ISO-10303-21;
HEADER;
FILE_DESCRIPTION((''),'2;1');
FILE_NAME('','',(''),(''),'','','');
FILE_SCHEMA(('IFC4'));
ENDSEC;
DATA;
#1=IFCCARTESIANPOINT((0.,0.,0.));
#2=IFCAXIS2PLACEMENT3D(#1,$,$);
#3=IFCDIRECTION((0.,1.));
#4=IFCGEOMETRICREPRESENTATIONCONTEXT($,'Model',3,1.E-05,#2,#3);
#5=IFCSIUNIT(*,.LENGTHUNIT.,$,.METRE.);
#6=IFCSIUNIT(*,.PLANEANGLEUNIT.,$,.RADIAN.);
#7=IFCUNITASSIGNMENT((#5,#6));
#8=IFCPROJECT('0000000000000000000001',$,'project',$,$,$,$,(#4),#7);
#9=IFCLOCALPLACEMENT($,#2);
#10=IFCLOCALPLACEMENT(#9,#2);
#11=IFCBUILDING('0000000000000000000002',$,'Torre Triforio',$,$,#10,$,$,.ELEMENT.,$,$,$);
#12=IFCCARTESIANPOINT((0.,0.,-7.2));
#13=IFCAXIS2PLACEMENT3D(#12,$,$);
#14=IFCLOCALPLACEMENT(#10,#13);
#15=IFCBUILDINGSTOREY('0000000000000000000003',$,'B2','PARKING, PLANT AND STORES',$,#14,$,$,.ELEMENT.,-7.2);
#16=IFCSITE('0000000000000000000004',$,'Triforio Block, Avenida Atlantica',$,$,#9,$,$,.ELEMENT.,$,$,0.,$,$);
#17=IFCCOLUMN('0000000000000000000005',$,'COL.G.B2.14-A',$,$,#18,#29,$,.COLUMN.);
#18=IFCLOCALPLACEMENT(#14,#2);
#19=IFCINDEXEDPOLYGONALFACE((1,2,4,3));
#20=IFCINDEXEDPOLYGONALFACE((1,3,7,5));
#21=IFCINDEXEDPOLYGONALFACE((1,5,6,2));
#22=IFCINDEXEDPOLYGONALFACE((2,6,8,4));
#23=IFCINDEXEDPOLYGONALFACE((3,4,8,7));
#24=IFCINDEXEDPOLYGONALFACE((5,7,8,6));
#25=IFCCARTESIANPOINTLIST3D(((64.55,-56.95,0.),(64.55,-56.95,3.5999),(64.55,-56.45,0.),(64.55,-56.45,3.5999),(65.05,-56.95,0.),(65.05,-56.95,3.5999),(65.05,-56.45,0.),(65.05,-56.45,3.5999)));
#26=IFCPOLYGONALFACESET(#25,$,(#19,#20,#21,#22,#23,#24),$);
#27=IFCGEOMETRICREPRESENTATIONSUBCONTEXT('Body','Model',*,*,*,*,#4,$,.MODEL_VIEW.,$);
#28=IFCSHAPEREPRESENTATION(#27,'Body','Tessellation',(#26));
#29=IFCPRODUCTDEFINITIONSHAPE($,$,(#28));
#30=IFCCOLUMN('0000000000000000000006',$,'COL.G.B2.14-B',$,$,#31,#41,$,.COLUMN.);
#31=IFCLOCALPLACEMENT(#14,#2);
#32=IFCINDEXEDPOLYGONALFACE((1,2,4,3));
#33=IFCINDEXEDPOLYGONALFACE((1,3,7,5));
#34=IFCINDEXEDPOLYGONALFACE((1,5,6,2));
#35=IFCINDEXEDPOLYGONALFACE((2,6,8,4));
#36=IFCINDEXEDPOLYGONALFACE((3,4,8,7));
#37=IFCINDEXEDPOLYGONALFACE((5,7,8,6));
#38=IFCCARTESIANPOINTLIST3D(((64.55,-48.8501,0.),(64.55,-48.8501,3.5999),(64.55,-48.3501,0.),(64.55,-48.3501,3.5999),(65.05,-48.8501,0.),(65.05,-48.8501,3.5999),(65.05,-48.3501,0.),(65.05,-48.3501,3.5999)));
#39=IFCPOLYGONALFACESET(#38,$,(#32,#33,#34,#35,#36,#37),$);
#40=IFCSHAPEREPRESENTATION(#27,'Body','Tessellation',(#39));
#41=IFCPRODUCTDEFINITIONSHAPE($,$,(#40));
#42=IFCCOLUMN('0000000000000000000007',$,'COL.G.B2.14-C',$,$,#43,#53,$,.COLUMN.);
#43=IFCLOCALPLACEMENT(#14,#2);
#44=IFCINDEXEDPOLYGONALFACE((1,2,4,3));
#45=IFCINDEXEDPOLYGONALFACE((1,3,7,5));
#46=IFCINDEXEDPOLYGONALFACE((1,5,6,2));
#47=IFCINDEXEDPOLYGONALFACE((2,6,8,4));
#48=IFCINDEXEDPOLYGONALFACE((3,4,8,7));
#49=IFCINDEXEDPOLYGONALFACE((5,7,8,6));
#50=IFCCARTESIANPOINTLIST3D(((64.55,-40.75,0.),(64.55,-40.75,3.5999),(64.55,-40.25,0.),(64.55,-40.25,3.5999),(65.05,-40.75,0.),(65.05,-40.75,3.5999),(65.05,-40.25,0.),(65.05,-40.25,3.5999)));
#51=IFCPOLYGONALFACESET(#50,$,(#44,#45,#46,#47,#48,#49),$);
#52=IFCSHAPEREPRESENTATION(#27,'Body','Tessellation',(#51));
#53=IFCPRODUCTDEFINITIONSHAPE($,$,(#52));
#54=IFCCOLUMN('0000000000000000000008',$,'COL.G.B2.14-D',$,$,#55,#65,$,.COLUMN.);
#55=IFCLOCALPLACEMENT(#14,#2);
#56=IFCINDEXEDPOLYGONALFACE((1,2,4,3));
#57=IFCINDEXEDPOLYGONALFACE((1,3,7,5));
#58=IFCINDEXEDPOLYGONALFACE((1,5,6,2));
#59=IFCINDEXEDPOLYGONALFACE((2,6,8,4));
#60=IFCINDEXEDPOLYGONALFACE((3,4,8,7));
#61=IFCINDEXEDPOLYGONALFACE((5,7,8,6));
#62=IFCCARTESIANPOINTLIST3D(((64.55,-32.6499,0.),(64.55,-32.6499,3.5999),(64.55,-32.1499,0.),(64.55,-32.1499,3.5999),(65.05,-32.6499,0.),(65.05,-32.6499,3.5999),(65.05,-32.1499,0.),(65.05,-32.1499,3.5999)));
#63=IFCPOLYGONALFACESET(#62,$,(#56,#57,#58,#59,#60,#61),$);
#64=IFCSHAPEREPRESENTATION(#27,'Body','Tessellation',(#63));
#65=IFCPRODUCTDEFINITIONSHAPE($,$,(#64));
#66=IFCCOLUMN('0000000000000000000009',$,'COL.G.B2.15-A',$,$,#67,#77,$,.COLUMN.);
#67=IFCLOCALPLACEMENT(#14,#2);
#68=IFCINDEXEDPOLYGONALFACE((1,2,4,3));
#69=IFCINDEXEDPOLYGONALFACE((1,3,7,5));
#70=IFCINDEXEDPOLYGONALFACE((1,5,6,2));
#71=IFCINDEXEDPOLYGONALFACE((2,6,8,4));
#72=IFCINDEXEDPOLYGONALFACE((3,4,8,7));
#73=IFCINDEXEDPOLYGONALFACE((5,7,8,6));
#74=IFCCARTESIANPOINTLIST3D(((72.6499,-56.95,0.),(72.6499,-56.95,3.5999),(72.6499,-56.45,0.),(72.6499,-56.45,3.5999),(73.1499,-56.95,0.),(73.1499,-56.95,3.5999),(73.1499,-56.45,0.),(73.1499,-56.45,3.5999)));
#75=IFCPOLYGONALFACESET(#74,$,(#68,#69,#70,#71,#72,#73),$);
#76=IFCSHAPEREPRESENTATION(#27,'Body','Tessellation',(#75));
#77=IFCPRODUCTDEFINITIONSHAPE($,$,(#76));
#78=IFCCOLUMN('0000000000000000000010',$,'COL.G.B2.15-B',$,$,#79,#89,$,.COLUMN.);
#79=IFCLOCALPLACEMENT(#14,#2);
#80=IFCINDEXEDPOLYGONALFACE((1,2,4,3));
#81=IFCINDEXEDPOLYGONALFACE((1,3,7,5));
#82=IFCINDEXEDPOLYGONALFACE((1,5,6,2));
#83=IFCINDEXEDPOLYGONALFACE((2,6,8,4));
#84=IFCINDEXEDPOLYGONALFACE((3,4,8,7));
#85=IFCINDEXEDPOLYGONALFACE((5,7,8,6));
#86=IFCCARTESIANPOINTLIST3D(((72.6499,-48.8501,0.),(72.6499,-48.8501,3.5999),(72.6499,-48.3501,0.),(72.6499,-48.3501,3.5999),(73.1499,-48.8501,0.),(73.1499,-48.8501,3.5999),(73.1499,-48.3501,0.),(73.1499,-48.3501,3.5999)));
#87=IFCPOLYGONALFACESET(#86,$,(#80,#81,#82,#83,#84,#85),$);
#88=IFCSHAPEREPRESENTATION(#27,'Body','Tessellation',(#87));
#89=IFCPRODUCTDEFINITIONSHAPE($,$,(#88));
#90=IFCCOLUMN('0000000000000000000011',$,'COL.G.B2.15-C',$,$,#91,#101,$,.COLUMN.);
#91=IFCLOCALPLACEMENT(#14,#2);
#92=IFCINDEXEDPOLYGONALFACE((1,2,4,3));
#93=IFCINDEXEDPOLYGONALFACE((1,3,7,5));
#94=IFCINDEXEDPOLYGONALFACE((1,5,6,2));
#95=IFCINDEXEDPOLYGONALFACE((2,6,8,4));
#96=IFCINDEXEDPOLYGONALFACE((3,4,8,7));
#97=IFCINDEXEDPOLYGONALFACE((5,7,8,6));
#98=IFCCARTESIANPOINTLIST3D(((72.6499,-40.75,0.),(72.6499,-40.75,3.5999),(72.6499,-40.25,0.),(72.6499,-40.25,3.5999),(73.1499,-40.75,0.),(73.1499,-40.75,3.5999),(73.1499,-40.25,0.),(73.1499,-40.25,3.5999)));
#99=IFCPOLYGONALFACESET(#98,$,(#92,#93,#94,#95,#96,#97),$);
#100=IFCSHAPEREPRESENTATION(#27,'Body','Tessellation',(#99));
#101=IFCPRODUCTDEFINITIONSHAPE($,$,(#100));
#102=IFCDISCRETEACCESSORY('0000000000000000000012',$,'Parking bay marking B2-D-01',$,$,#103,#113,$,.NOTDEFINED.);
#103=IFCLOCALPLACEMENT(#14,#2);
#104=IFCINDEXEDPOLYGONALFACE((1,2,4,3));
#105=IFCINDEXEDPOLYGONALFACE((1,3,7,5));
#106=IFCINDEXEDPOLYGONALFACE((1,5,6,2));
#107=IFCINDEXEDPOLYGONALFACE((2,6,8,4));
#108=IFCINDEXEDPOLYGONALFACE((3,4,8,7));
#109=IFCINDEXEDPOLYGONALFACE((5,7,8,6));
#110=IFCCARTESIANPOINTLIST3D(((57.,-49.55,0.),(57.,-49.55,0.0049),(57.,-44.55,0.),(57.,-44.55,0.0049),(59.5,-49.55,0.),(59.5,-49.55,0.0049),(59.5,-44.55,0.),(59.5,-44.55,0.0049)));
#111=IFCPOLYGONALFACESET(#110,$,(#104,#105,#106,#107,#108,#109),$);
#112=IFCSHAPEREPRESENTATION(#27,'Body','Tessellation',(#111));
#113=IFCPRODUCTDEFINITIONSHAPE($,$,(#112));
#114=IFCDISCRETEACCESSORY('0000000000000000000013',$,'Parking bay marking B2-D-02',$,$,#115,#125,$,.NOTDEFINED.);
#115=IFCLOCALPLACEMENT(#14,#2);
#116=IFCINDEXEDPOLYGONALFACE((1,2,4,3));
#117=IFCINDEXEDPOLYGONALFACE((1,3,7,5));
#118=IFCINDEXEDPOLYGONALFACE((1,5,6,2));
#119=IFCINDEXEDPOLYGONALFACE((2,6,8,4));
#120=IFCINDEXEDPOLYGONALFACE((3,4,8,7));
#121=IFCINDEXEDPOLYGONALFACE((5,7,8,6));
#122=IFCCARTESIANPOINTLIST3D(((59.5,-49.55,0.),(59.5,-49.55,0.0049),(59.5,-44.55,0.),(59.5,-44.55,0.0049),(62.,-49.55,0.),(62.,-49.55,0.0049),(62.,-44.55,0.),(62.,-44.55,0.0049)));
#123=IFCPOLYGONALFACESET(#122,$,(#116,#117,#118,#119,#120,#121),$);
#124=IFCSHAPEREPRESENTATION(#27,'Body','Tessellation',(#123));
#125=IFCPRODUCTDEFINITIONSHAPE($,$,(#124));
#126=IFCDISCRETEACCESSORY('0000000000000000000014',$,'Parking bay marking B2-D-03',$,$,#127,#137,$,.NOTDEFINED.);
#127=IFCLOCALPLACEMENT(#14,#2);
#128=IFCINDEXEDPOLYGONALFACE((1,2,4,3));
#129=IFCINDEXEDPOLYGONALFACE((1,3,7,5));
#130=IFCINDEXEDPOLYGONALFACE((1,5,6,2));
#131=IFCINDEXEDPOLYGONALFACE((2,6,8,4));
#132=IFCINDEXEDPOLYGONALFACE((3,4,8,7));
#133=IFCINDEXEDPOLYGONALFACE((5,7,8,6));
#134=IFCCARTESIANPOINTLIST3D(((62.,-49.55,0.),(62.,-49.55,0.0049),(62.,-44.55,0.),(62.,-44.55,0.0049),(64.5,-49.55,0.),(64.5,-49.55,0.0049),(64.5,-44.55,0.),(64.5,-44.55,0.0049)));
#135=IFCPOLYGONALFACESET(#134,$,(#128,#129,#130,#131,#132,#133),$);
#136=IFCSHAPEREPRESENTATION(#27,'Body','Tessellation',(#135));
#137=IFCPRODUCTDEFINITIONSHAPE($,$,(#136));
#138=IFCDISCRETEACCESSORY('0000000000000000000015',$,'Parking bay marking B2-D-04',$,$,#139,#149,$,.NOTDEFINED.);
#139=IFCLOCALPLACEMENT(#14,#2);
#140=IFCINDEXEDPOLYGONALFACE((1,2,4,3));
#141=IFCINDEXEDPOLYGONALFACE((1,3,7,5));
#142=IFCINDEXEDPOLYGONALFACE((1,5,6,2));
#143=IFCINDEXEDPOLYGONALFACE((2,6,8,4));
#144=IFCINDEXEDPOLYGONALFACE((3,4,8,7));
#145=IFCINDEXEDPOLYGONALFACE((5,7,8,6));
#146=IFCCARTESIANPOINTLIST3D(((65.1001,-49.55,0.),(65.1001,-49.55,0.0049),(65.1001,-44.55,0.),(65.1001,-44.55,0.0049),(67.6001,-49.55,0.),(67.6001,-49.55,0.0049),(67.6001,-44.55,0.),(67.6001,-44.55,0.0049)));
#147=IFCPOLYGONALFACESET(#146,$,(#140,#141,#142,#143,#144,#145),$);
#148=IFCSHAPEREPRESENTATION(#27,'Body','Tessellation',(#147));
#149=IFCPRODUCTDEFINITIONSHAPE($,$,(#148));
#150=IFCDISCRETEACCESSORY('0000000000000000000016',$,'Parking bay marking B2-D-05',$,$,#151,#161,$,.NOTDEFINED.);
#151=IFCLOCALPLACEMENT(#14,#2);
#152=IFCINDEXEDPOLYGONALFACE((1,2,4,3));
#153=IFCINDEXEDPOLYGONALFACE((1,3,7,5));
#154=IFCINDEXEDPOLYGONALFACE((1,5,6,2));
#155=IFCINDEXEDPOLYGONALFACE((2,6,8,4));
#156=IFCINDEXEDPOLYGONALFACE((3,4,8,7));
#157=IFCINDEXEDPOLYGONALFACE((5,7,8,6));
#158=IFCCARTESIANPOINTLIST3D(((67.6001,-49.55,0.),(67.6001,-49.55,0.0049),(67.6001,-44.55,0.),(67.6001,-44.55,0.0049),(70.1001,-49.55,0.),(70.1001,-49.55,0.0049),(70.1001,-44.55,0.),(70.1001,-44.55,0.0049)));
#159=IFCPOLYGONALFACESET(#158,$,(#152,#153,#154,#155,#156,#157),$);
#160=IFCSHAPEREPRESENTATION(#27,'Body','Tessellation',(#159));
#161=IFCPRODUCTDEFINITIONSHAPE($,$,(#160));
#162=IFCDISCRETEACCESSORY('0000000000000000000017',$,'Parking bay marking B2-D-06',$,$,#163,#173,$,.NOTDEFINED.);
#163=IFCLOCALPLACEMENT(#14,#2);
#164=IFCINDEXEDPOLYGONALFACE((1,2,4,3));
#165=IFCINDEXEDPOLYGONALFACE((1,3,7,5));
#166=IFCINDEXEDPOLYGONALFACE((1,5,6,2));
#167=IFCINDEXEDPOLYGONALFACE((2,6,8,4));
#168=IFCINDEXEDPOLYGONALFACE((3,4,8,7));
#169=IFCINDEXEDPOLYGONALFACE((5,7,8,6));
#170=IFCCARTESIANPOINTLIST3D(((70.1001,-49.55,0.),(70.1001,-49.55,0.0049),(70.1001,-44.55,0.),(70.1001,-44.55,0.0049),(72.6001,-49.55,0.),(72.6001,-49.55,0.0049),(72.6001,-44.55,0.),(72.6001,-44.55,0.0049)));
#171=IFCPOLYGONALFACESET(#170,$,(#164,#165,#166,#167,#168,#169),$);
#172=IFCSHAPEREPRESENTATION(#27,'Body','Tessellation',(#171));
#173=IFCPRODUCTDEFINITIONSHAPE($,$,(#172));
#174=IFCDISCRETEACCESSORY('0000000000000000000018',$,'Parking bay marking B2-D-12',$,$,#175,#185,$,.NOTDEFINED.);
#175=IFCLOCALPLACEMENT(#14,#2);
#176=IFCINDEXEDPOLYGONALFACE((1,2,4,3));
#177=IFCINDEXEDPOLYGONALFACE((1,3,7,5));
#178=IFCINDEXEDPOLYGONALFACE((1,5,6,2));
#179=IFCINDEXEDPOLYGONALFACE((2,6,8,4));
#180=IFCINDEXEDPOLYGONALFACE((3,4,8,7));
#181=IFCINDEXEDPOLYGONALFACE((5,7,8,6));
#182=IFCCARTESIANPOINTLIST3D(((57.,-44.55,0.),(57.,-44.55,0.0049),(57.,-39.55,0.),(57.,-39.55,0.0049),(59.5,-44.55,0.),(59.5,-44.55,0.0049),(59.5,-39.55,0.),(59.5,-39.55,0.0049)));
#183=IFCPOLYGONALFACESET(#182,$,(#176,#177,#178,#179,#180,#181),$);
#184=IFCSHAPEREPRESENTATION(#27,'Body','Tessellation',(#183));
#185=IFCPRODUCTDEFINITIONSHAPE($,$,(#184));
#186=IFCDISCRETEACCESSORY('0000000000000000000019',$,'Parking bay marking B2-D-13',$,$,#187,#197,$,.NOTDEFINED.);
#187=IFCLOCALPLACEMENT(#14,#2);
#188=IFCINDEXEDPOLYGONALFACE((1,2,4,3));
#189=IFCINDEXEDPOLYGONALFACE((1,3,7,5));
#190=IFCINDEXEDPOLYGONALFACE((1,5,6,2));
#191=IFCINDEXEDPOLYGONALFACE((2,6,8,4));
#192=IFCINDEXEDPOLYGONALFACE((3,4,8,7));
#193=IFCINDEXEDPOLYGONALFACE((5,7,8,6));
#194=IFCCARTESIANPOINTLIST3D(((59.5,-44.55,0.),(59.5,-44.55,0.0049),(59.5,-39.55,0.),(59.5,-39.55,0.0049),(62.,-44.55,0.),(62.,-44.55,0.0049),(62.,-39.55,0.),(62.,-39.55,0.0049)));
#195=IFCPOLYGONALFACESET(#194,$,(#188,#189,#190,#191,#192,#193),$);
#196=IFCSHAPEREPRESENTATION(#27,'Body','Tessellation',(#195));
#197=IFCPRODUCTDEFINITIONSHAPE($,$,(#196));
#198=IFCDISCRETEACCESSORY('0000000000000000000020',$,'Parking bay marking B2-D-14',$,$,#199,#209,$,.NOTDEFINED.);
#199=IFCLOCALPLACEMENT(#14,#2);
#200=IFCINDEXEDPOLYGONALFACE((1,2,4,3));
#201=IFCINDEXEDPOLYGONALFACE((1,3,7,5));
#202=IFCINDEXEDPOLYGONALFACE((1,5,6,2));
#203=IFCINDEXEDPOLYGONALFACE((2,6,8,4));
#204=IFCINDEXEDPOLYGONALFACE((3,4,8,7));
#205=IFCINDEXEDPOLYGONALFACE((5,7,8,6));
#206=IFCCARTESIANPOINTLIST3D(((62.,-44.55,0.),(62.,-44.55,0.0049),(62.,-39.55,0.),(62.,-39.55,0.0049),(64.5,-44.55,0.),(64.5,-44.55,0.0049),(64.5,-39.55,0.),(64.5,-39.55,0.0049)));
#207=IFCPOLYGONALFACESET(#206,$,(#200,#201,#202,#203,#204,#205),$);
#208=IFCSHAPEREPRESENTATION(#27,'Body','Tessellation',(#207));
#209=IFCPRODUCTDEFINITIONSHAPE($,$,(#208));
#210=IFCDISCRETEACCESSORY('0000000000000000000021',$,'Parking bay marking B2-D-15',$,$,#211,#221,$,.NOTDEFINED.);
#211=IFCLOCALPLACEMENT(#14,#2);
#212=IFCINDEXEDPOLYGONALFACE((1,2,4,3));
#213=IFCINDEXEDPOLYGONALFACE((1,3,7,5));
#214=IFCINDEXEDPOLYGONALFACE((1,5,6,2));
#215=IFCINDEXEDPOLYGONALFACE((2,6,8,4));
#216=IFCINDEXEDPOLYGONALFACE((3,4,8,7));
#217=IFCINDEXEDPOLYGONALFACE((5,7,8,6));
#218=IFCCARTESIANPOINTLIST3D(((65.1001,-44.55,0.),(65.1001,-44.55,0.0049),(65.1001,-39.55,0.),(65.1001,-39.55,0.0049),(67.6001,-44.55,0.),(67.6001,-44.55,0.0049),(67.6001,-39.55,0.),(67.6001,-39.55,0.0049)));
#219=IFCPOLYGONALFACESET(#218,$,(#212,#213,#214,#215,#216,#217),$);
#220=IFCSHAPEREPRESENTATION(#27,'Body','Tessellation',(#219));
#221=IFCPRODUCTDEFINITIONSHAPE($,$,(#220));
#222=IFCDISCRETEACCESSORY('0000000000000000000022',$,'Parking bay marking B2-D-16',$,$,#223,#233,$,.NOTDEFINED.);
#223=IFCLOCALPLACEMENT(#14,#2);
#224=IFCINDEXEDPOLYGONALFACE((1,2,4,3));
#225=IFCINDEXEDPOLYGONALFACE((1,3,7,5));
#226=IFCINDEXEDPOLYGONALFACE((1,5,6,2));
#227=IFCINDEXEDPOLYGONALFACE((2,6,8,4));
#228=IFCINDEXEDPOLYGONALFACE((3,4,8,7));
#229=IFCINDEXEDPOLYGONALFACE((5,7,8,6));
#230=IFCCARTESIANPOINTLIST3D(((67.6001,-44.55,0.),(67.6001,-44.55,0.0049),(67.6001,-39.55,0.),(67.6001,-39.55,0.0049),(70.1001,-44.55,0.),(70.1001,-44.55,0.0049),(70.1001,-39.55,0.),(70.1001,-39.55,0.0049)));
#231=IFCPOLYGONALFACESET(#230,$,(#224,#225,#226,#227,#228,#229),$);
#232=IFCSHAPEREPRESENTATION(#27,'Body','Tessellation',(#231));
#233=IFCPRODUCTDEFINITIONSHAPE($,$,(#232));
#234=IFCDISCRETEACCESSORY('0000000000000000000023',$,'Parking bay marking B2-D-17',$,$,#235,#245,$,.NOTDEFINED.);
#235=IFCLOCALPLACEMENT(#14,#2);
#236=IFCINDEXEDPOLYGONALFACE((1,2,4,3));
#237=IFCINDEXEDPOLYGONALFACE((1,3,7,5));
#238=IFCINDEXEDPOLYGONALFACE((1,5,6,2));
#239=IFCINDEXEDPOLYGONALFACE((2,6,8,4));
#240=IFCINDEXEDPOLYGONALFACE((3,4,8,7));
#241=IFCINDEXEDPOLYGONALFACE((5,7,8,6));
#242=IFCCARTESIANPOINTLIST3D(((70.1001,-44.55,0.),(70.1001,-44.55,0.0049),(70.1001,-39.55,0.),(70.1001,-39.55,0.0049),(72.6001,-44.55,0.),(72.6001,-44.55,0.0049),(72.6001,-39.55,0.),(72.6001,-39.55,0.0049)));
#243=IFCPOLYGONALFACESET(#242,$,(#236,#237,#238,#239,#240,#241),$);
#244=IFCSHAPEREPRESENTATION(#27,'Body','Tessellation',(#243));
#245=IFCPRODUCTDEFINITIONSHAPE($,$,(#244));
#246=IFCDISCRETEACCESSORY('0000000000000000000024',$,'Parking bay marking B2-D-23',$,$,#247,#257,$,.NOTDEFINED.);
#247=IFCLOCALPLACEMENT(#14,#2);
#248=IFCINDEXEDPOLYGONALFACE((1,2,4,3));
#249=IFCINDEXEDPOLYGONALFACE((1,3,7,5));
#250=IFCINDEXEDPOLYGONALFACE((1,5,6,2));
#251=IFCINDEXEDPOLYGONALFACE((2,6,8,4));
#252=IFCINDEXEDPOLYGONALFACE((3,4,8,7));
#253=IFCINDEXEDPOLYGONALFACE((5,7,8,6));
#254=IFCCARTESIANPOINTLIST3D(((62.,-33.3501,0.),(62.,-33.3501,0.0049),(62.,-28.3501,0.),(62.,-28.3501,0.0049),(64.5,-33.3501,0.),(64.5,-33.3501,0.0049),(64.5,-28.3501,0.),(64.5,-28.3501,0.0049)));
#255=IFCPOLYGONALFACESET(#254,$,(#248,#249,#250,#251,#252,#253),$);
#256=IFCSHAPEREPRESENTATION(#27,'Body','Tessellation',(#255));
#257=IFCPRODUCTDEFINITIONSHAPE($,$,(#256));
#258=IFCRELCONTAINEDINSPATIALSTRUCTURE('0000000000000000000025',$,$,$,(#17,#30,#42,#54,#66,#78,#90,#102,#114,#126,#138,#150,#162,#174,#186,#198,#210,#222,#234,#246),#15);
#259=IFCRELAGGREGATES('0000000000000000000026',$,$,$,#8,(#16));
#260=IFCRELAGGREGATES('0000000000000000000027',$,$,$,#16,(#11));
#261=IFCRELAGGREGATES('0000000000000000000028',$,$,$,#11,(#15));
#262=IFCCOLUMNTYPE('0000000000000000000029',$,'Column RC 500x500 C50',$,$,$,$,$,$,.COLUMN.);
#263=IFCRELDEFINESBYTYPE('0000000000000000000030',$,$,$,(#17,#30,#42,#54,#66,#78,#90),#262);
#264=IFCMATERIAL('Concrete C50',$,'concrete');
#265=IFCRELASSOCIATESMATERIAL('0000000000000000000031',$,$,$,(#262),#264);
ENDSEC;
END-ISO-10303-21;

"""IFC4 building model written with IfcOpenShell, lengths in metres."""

from ifc_helpers import new_model, si_unit, direction, frame, origin, origin_2d, place, context, subcontext, project, spatial, rectangle, extrude, material, material_profile, profile_set, type_object, element, save


model = new_model("IFC4")

# Units and contexts
model_context = context("Model", 3, precision=1e-05, world=origin(), true_north=direction((0.0, 1.0)))
body_context = subcontext(model_context, "Body", "Model", "MODEL_VIEW")
ifc_project = project(units=[si_unit("LENGTHUNIT", "METRE"), si_unit("PLANEANGLEUNIT", "RADIAN")], contexts=[model_context])

# Site, building, storey
site_placement = place(None, origin())
site = spatial("IfcSite", under=ifc_project, at=site_placement, Name="Triforio Block, Avenida Atlantica", CompositionType="ELEMENT", RefElevation=0.0)
building_placement = place(site_placement, origin())
building = spatial("IfcBuilding", under=site, at=building_placement, Name="Torre Triforio", CompositionType="ELEMENT")
storey_placement = place(building_placement, frame((0.0, 0.0, -7.2)))
storey = spatial("IfcBuildingStorey", under=building, at=storey_placement, Name="B2", Description="PARKING, PLANT AND STORES", CompositionType="ELEMENT", Elevation=-7.2)

# Columns
ifc_material = material(Name="Concrete C50", Category="concrete")
ifc_material_profile = material_profile(ifc_material, rectangle(XDim=0.5, YDim=0.5, at=origin_2d()), Name="RC 500x500")
ifc_profile_set = profile_set([ifc_material_profile], Name="Concrete C50")
column_type = type_object("IfcColumnType", Name="Column RC 500x500 C50", PredefinedType="COLUMN", material=ifc_profile_set)
for number, where, z_axis, x_axis, name in (
    (1, (64.8, -56.7, 0.0), (0.0, 0.0, 1.0), (1.0, 0.0, 0.0), "COL.G.B2.14-A"),
    (2, (64.8, -48.6001, 0.0), (0.0, 0.0, 1.0), (1.0, 0.0, 0.0), "COL.G.B2.14-B"),
    (3, (64.8, -40.5, 0.0), (0.0, 0.0, 1.0), (1.0, 0.0, 0.0), "COL.G.B2.14-C"),
    (4, (64.8, -32.3999, 0.0), (0.0, 0.0, 1.0), (1.0, 0.0, 0.0), "COL.G.B2.14-D"),
    (5, (72.8999, -56.7, 0.0), (0.0, 0.0, 1.0), (1.0, 0.0, 0.0), "COL.G.B2.15-A"),
    (6, (72.8999, -48.6001, 0.0), (0.0, 0.0, 1.0), (1.0, 0.0, 0.0), "COL.G.B2.15-B"),
    (7, (72.8999, -40.5, 0.0), (0.0, 0.0, 1.0), (1.0, 0.0, 0.0), "COL.G.B2.15-C"),
):
    element("IfcColumn", number, at=place(storey_placement, frame(where, z_axis=z_axis, x_axis=x_axis)), inside=storey, type_object=column_type, Name=name, PredefinedType="COLUMN", context=body_context, shape_type="SweptSolid", body=[
        extrude(rectangle(XDim=0.5, YDim=0.5, at=origin_2d()), origin(), (0.0, 0.0, 1.0), 3.5999),
    ])

# Discrete accessories
for number, where, z_axis, x_axis, name in (
    (8, (58.25, -47.05, 0.0), (0.0, 0.0, 1.0), (1.0, 0.0, 0.0), "Parking bay marking B2-D-01"),
    (9, (60.75, -47.05, 0.0), (0.0, 0.0, 1.0), (1.0, 0.0, 0.0), "Parking bay marking B2-D-02"),
    (10, (63.25, -47.05, 0.0), (0.0, 0.0, 1.0), (1.0, 0.0, 0.0), "Parking bay marking B2-D-03"),
    (11, (66.3501, -47.05, 0.0), (0.0, 0.0, 1.0), (1.0, 0.0, 0.0), "Parking bay marking B2-D-04"),
    (12, (68.8501, -47.05, 0.0), (0.0, 0.0, 1.0), (1.0, 0.0, 0.0), "Parking bay marking B2-D-05"),
    (13, (71.3501, -47.05, 0.0), (0.0, 0.0, 1.0), (1.0, 0.0, 0.0), "Parking bay marking B2-D-06"),
    (14, (58.25, -42.05, 0.0), (0.0, 0.0, 1.0), (1.0, 0.0, 0.0), "Parking bay marking B2-D-12"),
    (15, (60.75, -42.05, 0.0), (0.0, 0.0, 1.0), (1.0, 0.0, 0.0), "Parking bay marking B2-D-13"),
    (16, (63.25, -42.05, 0.0), (0.0, 0.0, 1.0), (1.0, 0.0, 0.0), "Parking bay marking B2-D-14"),
    (17, (66.3501, -42.05, 0.0), (0.0, 0.0, 1.0), (1.0, 0.0, 0.0), "Parking bay marking B2-D-15"),
    (18, (68.8501, -42.05, 0.0), (0.0, 0.0, 1.0), (1.0, 0.0, 0.0), "Parking bay marking B2-D-16"),
    (19, (71.3501, -42.05, 0.0), (0.0, 0.0, 1.0), (1.0, 0.0, 0.0), "Parking bay marking B2-D-17"),
    (20, (63.25, -30.8501, 0.0), (0.0, 0.0, 1.0), (1.0, 0.0, 0.0), "Parking bay marking B2-D-23"),
):
    element("IfcDiscreteAccessory", number, at=place(storey_placement, frame(where, z_axis=z_axis, x_axis=x_axis)), inside=storey, Name=name, PredefinedType="NOTDEFINED", context=body_context, shape_type="SweptSolid", body=[
        extrude(rectangle(XDim=2.5, YDim=5.0, at=origin_2d()), origin(), (0.0, 0.0, 1.0), 0.0049),
    ])

save(model, "model.ifc")
